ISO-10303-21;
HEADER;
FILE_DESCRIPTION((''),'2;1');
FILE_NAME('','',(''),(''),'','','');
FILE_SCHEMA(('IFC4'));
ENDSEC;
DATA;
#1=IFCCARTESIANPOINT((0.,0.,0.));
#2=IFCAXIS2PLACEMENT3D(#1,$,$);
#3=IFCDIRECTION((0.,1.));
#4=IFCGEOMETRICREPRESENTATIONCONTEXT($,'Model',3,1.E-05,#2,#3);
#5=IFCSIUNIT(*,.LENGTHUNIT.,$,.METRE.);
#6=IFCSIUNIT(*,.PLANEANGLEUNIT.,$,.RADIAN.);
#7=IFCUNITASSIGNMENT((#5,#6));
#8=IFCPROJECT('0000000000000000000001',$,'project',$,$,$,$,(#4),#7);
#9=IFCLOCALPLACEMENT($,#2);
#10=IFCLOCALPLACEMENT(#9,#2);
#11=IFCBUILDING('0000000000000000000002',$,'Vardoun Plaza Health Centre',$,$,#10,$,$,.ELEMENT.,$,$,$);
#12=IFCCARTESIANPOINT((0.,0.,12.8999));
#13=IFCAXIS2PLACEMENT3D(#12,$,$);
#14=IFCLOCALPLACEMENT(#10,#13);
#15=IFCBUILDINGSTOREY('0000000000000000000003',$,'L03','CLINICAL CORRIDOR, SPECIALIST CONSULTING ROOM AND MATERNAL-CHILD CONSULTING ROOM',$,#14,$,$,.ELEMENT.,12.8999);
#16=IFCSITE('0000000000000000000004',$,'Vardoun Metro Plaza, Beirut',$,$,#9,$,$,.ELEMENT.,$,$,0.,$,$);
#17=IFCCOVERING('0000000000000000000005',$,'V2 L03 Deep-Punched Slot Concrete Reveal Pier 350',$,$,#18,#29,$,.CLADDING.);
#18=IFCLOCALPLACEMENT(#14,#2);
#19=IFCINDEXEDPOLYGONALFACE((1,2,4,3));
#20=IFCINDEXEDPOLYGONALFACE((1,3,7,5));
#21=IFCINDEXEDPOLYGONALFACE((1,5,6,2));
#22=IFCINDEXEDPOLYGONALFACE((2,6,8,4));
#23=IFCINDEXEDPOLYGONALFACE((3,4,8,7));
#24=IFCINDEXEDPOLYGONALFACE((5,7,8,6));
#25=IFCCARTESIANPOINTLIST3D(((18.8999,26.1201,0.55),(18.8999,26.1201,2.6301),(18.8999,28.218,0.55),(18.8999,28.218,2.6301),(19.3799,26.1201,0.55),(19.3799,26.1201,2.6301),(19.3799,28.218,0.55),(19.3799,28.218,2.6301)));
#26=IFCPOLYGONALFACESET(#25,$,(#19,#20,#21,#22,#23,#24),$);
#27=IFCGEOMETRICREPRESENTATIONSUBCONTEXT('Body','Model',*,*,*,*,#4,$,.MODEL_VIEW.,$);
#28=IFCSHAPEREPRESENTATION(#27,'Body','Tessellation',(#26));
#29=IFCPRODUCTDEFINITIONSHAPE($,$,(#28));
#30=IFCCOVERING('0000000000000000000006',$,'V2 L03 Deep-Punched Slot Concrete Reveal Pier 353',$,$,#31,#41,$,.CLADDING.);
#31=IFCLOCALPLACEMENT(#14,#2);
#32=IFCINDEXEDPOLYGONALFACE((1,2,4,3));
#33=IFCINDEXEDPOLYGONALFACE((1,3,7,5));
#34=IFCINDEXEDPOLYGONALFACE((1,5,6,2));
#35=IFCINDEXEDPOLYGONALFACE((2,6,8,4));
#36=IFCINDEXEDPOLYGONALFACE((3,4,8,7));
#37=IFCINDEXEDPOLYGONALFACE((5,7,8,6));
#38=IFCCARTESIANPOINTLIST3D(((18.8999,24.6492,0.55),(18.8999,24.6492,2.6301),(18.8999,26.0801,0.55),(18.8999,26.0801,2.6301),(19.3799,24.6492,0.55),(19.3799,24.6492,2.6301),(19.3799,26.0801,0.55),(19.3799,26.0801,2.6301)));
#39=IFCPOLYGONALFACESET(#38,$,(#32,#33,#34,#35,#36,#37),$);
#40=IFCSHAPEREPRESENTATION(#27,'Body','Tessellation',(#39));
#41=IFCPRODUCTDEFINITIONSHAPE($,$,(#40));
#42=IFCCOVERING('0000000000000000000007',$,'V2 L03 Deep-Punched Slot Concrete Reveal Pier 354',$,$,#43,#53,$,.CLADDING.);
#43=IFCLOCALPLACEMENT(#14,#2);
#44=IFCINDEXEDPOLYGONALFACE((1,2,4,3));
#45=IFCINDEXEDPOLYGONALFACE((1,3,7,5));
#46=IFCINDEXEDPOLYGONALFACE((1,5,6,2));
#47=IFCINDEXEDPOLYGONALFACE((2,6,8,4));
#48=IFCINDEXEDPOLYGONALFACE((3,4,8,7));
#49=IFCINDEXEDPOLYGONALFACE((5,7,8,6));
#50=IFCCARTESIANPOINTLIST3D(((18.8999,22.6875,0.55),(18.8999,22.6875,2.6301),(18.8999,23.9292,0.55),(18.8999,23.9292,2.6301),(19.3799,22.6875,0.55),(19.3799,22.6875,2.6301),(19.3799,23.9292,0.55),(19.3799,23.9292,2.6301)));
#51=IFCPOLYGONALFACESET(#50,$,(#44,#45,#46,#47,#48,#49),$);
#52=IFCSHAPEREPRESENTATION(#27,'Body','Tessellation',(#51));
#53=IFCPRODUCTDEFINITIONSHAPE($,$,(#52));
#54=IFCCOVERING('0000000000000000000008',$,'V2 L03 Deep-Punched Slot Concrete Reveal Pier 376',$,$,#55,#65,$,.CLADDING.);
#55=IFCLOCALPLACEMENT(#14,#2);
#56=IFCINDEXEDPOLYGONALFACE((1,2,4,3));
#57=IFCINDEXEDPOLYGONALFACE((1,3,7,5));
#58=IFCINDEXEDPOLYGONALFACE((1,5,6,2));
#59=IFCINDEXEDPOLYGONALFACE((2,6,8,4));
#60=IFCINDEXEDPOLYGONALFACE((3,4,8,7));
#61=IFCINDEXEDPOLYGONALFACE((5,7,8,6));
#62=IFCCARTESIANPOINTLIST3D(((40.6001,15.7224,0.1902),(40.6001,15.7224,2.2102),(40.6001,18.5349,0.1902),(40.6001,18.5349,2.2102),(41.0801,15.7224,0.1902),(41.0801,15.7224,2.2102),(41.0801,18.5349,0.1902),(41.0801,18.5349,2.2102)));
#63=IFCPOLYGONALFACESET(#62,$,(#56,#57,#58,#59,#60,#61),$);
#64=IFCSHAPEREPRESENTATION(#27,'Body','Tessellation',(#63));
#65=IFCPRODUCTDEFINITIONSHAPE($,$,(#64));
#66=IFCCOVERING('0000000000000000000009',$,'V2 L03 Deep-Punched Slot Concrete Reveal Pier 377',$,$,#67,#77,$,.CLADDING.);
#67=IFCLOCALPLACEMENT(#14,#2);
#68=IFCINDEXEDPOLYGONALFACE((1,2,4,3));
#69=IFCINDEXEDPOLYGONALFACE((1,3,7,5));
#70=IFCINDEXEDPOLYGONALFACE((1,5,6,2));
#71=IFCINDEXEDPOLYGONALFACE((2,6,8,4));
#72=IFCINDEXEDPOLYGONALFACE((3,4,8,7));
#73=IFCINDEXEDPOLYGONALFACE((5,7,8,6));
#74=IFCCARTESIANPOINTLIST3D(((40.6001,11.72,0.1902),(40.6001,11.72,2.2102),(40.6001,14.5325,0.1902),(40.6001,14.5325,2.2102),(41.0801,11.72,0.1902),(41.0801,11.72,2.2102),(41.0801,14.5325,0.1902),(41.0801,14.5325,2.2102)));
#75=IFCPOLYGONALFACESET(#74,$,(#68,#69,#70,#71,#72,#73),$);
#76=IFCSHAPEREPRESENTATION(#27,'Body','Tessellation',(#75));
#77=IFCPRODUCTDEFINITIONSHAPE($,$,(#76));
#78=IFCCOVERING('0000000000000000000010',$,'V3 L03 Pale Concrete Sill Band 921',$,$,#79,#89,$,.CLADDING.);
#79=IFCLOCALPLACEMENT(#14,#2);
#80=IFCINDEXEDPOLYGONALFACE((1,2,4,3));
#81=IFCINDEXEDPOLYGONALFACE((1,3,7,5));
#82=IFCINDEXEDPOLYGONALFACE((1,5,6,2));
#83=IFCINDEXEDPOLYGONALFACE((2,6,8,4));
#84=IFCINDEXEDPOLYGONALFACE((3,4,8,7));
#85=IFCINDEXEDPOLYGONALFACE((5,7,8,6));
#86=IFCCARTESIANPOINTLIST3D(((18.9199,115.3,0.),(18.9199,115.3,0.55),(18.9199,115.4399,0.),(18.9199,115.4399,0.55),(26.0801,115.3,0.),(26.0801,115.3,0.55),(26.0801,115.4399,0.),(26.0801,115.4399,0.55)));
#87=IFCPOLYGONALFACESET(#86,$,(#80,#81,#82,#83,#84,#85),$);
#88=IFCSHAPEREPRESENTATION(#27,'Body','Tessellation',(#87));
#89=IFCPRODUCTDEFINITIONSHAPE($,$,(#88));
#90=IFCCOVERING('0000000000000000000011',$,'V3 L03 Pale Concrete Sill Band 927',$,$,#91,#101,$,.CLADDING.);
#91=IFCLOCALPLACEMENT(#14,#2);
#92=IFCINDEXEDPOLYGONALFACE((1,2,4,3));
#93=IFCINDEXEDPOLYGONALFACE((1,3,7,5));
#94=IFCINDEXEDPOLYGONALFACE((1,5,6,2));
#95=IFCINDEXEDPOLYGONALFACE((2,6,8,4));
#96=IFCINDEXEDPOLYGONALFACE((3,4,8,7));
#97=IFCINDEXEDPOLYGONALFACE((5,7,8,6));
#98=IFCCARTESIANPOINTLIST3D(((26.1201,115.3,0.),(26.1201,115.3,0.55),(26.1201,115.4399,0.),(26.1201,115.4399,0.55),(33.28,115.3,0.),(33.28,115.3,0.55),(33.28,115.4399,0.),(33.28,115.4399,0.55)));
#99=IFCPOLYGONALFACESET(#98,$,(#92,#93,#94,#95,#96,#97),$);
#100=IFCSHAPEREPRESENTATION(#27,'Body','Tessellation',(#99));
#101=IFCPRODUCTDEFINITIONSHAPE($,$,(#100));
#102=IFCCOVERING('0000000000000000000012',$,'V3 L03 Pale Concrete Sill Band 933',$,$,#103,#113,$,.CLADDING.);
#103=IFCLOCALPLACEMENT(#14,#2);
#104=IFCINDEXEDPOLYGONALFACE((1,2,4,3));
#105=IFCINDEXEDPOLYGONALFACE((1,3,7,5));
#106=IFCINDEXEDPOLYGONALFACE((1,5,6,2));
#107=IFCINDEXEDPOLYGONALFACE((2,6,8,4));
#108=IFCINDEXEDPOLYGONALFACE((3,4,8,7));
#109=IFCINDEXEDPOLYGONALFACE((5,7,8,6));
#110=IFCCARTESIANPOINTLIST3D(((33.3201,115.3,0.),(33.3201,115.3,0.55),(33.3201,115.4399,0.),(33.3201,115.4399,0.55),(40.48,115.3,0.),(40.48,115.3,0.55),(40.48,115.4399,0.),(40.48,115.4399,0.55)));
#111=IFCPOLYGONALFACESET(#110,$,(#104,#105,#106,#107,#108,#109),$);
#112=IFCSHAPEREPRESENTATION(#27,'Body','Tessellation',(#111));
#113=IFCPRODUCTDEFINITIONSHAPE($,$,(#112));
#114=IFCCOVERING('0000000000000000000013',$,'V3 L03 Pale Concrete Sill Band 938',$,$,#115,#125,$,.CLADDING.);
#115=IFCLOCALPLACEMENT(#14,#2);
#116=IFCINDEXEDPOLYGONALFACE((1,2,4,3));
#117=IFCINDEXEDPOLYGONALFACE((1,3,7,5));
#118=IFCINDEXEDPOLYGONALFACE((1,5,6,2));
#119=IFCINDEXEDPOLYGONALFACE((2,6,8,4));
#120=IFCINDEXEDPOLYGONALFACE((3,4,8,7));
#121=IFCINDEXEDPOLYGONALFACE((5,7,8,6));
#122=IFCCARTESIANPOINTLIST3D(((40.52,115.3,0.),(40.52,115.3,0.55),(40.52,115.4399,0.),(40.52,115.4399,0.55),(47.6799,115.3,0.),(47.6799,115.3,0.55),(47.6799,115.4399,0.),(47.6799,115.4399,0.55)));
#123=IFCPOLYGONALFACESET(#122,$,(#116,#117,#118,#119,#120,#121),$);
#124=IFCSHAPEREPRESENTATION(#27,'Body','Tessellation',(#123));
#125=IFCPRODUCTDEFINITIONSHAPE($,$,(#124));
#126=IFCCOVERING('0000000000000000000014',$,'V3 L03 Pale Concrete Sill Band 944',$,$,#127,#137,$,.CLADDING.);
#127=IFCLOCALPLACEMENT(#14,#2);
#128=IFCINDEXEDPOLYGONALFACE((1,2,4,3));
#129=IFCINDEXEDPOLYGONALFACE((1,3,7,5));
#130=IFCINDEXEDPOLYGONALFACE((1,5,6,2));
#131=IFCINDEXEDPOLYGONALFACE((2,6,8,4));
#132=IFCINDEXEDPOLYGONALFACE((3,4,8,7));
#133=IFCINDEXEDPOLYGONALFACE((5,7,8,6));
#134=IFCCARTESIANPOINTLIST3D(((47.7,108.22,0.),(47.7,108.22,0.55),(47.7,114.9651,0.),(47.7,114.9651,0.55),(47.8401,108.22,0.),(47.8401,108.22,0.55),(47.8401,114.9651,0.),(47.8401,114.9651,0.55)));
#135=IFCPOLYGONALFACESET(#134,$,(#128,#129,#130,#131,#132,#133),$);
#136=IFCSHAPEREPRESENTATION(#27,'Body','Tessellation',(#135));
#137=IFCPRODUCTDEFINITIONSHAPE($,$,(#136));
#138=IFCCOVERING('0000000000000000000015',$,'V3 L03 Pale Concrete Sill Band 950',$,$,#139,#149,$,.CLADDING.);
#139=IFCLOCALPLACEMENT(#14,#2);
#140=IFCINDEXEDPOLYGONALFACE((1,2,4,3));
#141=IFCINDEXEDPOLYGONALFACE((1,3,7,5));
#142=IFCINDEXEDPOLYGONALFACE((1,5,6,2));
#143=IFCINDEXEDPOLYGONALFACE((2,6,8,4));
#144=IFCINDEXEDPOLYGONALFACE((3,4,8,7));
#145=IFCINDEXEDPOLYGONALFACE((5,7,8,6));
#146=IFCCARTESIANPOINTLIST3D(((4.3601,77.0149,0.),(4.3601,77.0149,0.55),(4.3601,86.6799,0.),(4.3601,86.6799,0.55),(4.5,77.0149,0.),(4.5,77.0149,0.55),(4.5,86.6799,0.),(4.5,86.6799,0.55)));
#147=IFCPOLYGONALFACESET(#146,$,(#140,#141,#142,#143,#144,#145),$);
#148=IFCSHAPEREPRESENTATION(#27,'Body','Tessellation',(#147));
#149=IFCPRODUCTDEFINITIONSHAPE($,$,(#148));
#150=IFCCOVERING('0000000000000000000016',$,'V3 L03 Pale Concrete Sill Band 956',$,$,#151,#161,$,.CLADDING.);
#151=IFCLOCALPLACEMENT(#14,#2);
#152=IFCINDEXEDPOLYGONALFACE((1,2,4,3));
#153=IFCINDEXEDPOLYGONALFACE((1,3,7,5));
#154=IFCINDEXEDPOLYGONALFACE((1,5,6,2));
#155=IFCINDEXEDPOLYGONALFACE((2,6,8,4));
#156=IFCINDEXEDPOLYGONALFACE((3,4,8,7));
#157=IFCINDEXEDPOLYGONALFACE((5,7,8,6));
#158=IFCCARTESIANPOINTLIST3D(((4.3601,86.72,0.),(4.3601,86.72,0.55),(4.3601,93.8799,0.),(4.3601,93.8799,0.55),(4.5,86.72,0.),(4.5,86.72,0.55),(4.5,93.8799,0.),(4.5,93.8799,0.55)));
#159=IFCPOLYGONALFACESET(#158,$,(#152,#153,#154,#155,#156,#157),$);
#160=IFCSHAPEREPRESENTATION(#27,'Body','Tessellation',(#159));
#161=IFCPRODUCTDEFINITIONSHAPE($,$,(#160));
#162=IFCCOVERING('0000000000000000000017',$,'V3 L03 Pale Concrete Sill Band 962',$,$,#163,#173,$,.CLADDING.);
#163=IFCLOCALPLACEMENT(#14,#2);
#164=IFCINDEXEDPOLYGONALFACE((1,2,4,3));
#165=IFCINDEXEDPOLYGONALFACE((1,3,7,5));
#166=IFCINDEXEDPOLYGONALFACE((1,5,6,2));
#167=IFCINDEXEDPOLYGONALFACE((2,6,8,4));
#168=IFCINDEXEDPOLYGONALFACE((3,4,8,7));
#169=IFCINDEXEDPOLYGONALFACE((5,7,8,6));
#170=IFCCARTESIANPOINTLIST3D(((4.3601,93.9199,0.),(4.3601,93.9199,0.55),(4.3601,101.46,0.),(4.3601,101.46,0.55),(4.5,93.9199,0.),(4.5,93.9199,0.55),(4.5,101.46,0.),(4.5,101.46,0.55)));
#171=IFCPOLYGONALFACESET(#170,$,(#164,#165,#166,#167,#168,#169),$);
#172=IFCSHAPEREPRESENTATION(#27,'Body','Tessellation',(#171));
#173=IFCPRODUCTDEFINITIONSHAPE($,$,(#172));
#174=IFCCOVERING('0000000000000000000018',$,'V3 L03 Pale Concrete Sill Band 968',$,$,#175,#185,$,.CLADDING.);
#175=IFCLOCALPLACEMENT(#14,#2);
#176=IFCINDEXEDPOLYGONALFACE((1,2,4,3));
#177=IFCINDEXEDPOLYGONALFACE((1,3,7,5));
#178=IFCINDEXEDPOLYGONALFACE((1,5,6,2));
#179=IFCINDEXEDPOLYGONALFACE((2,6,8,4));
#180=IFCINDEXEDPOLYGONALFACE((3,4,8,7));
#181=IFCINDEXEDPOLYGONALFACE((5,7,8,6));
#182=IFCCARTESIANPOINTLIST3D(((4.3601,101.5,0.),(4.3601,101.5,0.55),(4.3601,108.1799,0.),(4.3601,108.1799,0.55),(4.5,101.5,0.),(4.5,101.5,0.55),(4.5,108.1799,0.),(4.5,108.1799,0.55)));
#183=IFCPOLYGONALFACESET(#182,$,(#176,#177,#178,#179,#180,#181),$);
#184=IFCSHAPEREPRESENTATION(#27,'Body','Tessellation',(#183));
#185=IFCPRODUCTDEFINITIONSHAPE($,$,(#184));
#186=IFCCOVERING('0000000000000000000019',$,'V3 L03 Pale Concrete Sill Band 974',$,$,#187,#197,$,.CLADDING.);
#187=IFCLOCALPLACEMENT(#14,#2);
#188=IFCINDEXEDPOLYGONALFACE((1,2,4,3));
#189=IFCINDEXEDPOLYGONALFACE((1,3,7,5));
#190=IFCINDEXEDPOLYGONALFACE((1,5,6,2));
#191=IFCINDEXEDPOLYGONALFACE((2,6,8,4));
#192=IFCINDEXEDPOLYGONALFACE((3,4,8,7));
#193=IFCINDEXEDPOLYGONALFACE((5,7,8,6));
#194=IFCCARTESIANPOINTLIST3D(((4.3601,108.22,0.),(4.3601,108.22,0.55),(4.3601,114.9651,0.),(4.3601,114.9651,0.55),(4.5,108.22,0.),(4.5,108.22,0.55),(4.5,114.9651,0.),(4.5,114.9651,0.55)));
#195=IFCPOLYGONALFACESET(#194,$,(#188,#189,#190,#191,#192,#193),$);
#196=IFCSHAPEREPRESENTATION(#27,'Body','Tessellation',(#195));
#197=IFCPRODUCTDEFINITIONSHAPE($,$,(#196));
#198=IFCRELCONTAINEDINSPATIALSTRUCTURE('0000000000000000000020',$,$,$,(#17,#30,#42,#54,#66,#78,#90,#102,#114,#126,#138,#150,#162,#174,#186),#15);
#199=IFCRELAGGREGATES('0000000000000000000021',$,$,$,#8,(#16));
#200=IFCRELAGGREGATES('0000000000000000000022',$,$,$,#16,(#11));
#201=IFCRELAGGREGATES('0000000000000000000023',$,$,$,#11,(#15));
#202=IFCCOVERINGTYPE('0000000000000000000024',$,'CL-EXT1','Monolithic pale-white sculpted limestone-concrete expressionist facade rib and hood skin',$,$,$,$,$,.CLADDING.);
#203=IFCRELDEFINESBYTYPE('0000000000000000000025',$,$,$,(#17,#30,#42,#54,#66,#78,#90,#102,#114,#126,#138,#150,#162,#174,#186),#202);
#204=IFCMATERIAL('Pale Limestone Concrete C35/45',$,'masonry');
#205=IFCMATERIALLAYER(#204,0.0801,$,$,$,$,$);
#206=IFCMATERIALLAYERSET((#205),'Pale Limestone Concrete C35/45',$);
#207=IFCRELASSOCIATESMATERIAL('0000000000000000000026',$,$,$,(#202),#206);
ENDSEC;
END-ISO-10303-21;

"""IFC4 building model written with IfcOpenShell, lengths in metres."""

from ifc_helpers import new_model, si_unit, direction, frame, origin, place, context, subcontext, project, spatial, polyline, outline, extrude, material, layer, layer_set, type_object, element, save


model = new_model("IFC4")

# Units and contexts
model_context = context("Model", 3, precision=1e-05, world=origin(), true_north=direction((0.0, 1.0)))
body_context = subcontext(model_context, "Body", "Model", "MODEL_VIEW")
ifc_project = project(units=[si_unit("LENGTHUNIT", "METRE"), si_unit("PLANEANGLEUNIT", "RADIAN")], contexts=[model_context])

# Site, building, storey
site_placement = place(None, origin())
site = spatial("IfcSite", under=ifc_project, at=site_placement, Name="Vardoun Metro Plaza, Beirut", CompositionType="ELEMENT", RefElevation=0.0)
building_placement = place(site_placement, origin())
building = spatial("IfcBuilding", under=site, at=building_placement, Name="Vardoun Plaza Health Centre", CompositionType="ELEMENT")
storey_placement = place(building_placement, frame((0.0, 0.0, 12.8999)))
storey = spatial("IfcBuildingStorey", under=building, at=storey_placement, Name="L03", Description="CLINICAL CORRIDOR, SPECIALIST CONSULTING ROOM AND MATERNAL-CHILD CONSULTING ROOM", CompositionType="ELEMENT", Elevation=12.8999)

# Coverings
ifc_material_1 = material(Name="Pale Limestone Concrete C35/45", Category="masonry")
ifc_layer_1 = layer(ifc_material_1, 0.0801)
ifc_layer_set_1 = layer_set([ifc_layer_1], Name="Pale Limestone Concrete C35/45")
covering_type_1 = type_object("IfcCoveringType", Name="CL-EXT1", Description="Monolithic pale-white sculpted limestone-concrete expressionist facade rib and hood skin", PredefinedType="CLADDING", material=ifc_layer_set_1)
covering_1_placement = place(storey_placement, frame((0.0, 0.0, 0.55)))
element("IfcCovering", 1, at=covering_1_placement, inside=storey, type_object=covering_type_1, Name="V2 L03 Deep-Punched Slot Concrete Reveal Pier 350", PredefinedType="CLADDING", context=body_context, shape_type="SweptSolid", body=[
    extrude(outline(polyline([(18.8999, 28.218), (18.8999, 26.1201), (19.3799, 26.1201), (19.3799, 28.218), (18.8999, 28.218)])), origin(), (0.0, 0.0, 1.0), 2.0801),
])
covering_2_placement = place(storey_placement, frame((0.0, 0.0, 0.55)))
element("IfcCovering", 2, at=covering_2_placement, inside=storey, type_object=covering_type_1, Name="V2 L03 Deep-Punched Slot Concrete Reveal Pier 353", PredefinedType="CLADDING", context=body_context, shape_type="SweptSolid", body=[
    extrude(outline(polyline([(18.8999, 26.0801), (18.8999, 24.6492), (19.3799, 24.6492), (19.3799, 26.0801), (18.8999, 26.0801)])), origin(), (0.0, 0.0, 1.0), 2.0801),
])
covering_3_placement = place(storey_placement, frame((0.0, 0.0, 0.55)))
element("IfcCovering", 3, at=covering_3_placement, inside=storey, type_object=covering_type_1, Name="V2 L03 Deep-Punched Slot Concrete Reveal Pier 354", PredefinedType="CLADDING", context=body_context, shape_type="SweptSolid", body=[
    extrude(outline(polyline([(18.8999, 23.9292), (18.8999, 22.6875), (19.3799, 22.6875), (19.3799, 23.9292), (18.8999, 23.9292)])), origin(), (0.0, 0.0, 1.0), 2.0801),
])
covering_4_placement = place(storey_placement, frame((0.0, 0.0, 0.1902)))
element("IfcCovering", 4, at=covering_4_placement, inside=storey, type_object=covering_type_1, Name="V2 L03 Deep-Punched Slot Concrete Reveal Pier 376", PredefinedType="CLADDING", context=body_context, shape_type="SweptSolid", body=[
    extrude(outline(polyline([(40.6001, 18.5349), (40.6001, 15.7224), (41.0801, 15.7224), (41.0801, 18.5349), (40.6001, 18.5349)])), origin(), (0.0, 0.0, 1.0), 2.02),
])
covering_5_placement = place(storey_placement, frame((0.0, 0.0, 0.1902)))
element("IfcCovering", 5, at=covering_5_placement, inside=storey, type_object=covering_type_1, Name="V2 L03 Deep-Punched Slot Concrete Reveal Pier 377", PredefinedType="CLADDING", context=body_context, shape_type="SweptSolid", body=[
    extrude(outline(polyline([(40.6001, 14.5325), (40.6001, 11.72), (41.0801, 11.72), (41.0801, 14.5325), (40.6001, 14.5325)])), origin(), (0.0, 0.0, 1.0), 2.02),
])
covering_6_placement = place(storey_placement, origin())
element("IfcCovering", 6, at=covering_6_placement, inside=storey, type_object=covering_type_1, Name="V3 L03 Pale Concrete Sill Band 921", PredefinedType="CLADDING", context=body_context, shape_type="SweptSolid", body=[
    extrude(outline(polyline([(18.9199, 115.3), (26.0801, 115.3), (26.0801, 115.4399), (18.9199, 115.4399), (18.9199, 115.3)])), origin(), (0.0, 0.0, 1.0), 0.55),
])
covering_7_placement = place(storey_placement, origin())
element("IfcCovering", 7, at=covering_7_placement, inside=storey, type_object=covering_type_1, Name="V3 L03 Pale Concrete Sill Band 927", PredefinedType="CLADDING", context=body_context, shape_type="SweptSolid", body=[
    extrude(outline(polyline([(26.1201, 115.3), (33.28, 115.3), (33.28, 115.4399), (26.1201, 115.4399), (26.1201, 115.3)])), origin(), (0.0, 0.0, 1.0), 0.55),
])
covering_8_placement = place(storey_placement, origin())
element("IfcCovering", 8, at=covering_8_placement, inside=storey, type_object=covering_type_1, Name="V3 L03 Pale Concrete Sill Band 933", PredefinedType="CLADDING", context=body_context, shape_type="SweptSolid", body=[
    extrude(outline(polyline([(33.3201, 115.3), (40.48, 115.3), (40.48, 115.4399), (33.3201, 115.4399), (33.3201, 115.3)])), origin(), (0.0, 0.0, 1.0), 0.55),
])
covering_9_placement = place(storey_placement, origin())
element("IfcCovering", 9, at=covering_9_placement, inside=storey, type_object=covering_type_1, Name="V3 L03 Pale Concrete Sill Band 938", PredefinedType="CLADDING", context=body_context, shape_type="SweptSolid", body=[
    extrude(outline(polyline([(40.52, 115.3), (47.6799, 115.3), (47.6799, 115.4399), (40.52, 115.4399), (40.52, 115.3)])), origin(), (0.0, 0.0, 1.0), 0.55),
])
covering_10_placement = place(storey_placement, origin())
element("IfcCovering", 10, at=covering_10_placement, inside=storey, type_object=covering_type_1, Name="V3 L03 Pale Concrete Sill Band 944", PredefinedType="CLADDING", context=body_context, shape_type="SweptSolid", body=[
    extrude(outline(polyline([(47.7, 114.9651), (47.7, 108.22), (47.8401, 108.22), (47.8401, 114.9651), (47.7, 114.9651)])), origin(), (0.0, 0.0, 1.0), 0.55),
])
covering_11_placement = place(storey_placement, origin())
element("IfcCovering", 11, at=covering_11_placement, inside=storey, type_object=covering_type_1, Name="V3 L03 Pale Concrete Sill Band 950", PredefinedType="CLADDING", context=body_context, shape_type="SweptSolid", body=[
    extrude(outline(polyline([(4.5, 77.0149), (4.5, 86.6799), (4.3601, 86.6799), (4.3601, 77.0149), (4.5, 77.0149)])), origin(), (0.0, 0.0, 1.0), 0.55),
])
covering_12_placement = place(storey_placement, origin())
element("IfcCovering", 12, at=covering_12_placement, inside=storey, type_object=covering_type_1, Name="V3 L03 Pale Concrete Sill Band 956", PredefinedType="CLADDING", context=body_context, shape_type="SweptSolid", body=[
    extrude(outline(polyline([(4.5, 86.72), (4.5, 93.8799), (4.3601, 93.8799), (4.3601, 86.72), (4.5, 86.72)])), origin(), (0.0, 0.0, 1.0), 0.55),
])
covering_13_placement = place(storey_placement, origin())
element("IfcCovering", 13, at=covering_13_placement, inside=storey, type_object=covering_type_1, Name="V3 L03 Pale Concrete Sill Band 962", PredefinedType="CLADDING", context=body_context, shape_type="SweptSolid", body=[
    extrude(outline(polyline([(4.5, 93.9199), (4.5, 101.46), (4.3601, 101.46), (4.3601, 93.9199), (4.5, 93.9199)])), origin(), (0.0, 0.0, 1.0), 0.55),
])
covering_14_placement = place(storey_placement, origin())
element("IfcCovering", 14, at=covering_14_placement, inside=storey, type_object=covering_type_1, Name="V3 L03 Pale Concrete Sill Band 968", PredefinedType="CLADDING", context=body_context, shape_type="SweptSolid", body=[
    extrude(outline(polyline([(4.5, 101.5), (4.5, 108.1799), (4.3601, 108.1799), (4.3601, 101.5), (4.5, 101.5)])), origin(), (0.0, 0.0, 1.0), 0.55),
])
covering_15_placement = place(storey_placement, origin())
element("IfcCovering", 15, at=covering_15_placement, inside=storey, type_object=covering_type_1, Name="V3 L03 Pale Concrete Sill Band 974", PredefinedType="CLADDING", context=body_context, shape_type="SweptSolid", body=[
    extrude(outline(polyline([(4.5, 108.22), (4.5, 114.9651), (4.3601, 114.9651), (4.3601, 108.22), (4.5, 108.22)])), origin(), (0.0, 0.0, 1.0), 0.55),
])

save(model, "model.ifc")
